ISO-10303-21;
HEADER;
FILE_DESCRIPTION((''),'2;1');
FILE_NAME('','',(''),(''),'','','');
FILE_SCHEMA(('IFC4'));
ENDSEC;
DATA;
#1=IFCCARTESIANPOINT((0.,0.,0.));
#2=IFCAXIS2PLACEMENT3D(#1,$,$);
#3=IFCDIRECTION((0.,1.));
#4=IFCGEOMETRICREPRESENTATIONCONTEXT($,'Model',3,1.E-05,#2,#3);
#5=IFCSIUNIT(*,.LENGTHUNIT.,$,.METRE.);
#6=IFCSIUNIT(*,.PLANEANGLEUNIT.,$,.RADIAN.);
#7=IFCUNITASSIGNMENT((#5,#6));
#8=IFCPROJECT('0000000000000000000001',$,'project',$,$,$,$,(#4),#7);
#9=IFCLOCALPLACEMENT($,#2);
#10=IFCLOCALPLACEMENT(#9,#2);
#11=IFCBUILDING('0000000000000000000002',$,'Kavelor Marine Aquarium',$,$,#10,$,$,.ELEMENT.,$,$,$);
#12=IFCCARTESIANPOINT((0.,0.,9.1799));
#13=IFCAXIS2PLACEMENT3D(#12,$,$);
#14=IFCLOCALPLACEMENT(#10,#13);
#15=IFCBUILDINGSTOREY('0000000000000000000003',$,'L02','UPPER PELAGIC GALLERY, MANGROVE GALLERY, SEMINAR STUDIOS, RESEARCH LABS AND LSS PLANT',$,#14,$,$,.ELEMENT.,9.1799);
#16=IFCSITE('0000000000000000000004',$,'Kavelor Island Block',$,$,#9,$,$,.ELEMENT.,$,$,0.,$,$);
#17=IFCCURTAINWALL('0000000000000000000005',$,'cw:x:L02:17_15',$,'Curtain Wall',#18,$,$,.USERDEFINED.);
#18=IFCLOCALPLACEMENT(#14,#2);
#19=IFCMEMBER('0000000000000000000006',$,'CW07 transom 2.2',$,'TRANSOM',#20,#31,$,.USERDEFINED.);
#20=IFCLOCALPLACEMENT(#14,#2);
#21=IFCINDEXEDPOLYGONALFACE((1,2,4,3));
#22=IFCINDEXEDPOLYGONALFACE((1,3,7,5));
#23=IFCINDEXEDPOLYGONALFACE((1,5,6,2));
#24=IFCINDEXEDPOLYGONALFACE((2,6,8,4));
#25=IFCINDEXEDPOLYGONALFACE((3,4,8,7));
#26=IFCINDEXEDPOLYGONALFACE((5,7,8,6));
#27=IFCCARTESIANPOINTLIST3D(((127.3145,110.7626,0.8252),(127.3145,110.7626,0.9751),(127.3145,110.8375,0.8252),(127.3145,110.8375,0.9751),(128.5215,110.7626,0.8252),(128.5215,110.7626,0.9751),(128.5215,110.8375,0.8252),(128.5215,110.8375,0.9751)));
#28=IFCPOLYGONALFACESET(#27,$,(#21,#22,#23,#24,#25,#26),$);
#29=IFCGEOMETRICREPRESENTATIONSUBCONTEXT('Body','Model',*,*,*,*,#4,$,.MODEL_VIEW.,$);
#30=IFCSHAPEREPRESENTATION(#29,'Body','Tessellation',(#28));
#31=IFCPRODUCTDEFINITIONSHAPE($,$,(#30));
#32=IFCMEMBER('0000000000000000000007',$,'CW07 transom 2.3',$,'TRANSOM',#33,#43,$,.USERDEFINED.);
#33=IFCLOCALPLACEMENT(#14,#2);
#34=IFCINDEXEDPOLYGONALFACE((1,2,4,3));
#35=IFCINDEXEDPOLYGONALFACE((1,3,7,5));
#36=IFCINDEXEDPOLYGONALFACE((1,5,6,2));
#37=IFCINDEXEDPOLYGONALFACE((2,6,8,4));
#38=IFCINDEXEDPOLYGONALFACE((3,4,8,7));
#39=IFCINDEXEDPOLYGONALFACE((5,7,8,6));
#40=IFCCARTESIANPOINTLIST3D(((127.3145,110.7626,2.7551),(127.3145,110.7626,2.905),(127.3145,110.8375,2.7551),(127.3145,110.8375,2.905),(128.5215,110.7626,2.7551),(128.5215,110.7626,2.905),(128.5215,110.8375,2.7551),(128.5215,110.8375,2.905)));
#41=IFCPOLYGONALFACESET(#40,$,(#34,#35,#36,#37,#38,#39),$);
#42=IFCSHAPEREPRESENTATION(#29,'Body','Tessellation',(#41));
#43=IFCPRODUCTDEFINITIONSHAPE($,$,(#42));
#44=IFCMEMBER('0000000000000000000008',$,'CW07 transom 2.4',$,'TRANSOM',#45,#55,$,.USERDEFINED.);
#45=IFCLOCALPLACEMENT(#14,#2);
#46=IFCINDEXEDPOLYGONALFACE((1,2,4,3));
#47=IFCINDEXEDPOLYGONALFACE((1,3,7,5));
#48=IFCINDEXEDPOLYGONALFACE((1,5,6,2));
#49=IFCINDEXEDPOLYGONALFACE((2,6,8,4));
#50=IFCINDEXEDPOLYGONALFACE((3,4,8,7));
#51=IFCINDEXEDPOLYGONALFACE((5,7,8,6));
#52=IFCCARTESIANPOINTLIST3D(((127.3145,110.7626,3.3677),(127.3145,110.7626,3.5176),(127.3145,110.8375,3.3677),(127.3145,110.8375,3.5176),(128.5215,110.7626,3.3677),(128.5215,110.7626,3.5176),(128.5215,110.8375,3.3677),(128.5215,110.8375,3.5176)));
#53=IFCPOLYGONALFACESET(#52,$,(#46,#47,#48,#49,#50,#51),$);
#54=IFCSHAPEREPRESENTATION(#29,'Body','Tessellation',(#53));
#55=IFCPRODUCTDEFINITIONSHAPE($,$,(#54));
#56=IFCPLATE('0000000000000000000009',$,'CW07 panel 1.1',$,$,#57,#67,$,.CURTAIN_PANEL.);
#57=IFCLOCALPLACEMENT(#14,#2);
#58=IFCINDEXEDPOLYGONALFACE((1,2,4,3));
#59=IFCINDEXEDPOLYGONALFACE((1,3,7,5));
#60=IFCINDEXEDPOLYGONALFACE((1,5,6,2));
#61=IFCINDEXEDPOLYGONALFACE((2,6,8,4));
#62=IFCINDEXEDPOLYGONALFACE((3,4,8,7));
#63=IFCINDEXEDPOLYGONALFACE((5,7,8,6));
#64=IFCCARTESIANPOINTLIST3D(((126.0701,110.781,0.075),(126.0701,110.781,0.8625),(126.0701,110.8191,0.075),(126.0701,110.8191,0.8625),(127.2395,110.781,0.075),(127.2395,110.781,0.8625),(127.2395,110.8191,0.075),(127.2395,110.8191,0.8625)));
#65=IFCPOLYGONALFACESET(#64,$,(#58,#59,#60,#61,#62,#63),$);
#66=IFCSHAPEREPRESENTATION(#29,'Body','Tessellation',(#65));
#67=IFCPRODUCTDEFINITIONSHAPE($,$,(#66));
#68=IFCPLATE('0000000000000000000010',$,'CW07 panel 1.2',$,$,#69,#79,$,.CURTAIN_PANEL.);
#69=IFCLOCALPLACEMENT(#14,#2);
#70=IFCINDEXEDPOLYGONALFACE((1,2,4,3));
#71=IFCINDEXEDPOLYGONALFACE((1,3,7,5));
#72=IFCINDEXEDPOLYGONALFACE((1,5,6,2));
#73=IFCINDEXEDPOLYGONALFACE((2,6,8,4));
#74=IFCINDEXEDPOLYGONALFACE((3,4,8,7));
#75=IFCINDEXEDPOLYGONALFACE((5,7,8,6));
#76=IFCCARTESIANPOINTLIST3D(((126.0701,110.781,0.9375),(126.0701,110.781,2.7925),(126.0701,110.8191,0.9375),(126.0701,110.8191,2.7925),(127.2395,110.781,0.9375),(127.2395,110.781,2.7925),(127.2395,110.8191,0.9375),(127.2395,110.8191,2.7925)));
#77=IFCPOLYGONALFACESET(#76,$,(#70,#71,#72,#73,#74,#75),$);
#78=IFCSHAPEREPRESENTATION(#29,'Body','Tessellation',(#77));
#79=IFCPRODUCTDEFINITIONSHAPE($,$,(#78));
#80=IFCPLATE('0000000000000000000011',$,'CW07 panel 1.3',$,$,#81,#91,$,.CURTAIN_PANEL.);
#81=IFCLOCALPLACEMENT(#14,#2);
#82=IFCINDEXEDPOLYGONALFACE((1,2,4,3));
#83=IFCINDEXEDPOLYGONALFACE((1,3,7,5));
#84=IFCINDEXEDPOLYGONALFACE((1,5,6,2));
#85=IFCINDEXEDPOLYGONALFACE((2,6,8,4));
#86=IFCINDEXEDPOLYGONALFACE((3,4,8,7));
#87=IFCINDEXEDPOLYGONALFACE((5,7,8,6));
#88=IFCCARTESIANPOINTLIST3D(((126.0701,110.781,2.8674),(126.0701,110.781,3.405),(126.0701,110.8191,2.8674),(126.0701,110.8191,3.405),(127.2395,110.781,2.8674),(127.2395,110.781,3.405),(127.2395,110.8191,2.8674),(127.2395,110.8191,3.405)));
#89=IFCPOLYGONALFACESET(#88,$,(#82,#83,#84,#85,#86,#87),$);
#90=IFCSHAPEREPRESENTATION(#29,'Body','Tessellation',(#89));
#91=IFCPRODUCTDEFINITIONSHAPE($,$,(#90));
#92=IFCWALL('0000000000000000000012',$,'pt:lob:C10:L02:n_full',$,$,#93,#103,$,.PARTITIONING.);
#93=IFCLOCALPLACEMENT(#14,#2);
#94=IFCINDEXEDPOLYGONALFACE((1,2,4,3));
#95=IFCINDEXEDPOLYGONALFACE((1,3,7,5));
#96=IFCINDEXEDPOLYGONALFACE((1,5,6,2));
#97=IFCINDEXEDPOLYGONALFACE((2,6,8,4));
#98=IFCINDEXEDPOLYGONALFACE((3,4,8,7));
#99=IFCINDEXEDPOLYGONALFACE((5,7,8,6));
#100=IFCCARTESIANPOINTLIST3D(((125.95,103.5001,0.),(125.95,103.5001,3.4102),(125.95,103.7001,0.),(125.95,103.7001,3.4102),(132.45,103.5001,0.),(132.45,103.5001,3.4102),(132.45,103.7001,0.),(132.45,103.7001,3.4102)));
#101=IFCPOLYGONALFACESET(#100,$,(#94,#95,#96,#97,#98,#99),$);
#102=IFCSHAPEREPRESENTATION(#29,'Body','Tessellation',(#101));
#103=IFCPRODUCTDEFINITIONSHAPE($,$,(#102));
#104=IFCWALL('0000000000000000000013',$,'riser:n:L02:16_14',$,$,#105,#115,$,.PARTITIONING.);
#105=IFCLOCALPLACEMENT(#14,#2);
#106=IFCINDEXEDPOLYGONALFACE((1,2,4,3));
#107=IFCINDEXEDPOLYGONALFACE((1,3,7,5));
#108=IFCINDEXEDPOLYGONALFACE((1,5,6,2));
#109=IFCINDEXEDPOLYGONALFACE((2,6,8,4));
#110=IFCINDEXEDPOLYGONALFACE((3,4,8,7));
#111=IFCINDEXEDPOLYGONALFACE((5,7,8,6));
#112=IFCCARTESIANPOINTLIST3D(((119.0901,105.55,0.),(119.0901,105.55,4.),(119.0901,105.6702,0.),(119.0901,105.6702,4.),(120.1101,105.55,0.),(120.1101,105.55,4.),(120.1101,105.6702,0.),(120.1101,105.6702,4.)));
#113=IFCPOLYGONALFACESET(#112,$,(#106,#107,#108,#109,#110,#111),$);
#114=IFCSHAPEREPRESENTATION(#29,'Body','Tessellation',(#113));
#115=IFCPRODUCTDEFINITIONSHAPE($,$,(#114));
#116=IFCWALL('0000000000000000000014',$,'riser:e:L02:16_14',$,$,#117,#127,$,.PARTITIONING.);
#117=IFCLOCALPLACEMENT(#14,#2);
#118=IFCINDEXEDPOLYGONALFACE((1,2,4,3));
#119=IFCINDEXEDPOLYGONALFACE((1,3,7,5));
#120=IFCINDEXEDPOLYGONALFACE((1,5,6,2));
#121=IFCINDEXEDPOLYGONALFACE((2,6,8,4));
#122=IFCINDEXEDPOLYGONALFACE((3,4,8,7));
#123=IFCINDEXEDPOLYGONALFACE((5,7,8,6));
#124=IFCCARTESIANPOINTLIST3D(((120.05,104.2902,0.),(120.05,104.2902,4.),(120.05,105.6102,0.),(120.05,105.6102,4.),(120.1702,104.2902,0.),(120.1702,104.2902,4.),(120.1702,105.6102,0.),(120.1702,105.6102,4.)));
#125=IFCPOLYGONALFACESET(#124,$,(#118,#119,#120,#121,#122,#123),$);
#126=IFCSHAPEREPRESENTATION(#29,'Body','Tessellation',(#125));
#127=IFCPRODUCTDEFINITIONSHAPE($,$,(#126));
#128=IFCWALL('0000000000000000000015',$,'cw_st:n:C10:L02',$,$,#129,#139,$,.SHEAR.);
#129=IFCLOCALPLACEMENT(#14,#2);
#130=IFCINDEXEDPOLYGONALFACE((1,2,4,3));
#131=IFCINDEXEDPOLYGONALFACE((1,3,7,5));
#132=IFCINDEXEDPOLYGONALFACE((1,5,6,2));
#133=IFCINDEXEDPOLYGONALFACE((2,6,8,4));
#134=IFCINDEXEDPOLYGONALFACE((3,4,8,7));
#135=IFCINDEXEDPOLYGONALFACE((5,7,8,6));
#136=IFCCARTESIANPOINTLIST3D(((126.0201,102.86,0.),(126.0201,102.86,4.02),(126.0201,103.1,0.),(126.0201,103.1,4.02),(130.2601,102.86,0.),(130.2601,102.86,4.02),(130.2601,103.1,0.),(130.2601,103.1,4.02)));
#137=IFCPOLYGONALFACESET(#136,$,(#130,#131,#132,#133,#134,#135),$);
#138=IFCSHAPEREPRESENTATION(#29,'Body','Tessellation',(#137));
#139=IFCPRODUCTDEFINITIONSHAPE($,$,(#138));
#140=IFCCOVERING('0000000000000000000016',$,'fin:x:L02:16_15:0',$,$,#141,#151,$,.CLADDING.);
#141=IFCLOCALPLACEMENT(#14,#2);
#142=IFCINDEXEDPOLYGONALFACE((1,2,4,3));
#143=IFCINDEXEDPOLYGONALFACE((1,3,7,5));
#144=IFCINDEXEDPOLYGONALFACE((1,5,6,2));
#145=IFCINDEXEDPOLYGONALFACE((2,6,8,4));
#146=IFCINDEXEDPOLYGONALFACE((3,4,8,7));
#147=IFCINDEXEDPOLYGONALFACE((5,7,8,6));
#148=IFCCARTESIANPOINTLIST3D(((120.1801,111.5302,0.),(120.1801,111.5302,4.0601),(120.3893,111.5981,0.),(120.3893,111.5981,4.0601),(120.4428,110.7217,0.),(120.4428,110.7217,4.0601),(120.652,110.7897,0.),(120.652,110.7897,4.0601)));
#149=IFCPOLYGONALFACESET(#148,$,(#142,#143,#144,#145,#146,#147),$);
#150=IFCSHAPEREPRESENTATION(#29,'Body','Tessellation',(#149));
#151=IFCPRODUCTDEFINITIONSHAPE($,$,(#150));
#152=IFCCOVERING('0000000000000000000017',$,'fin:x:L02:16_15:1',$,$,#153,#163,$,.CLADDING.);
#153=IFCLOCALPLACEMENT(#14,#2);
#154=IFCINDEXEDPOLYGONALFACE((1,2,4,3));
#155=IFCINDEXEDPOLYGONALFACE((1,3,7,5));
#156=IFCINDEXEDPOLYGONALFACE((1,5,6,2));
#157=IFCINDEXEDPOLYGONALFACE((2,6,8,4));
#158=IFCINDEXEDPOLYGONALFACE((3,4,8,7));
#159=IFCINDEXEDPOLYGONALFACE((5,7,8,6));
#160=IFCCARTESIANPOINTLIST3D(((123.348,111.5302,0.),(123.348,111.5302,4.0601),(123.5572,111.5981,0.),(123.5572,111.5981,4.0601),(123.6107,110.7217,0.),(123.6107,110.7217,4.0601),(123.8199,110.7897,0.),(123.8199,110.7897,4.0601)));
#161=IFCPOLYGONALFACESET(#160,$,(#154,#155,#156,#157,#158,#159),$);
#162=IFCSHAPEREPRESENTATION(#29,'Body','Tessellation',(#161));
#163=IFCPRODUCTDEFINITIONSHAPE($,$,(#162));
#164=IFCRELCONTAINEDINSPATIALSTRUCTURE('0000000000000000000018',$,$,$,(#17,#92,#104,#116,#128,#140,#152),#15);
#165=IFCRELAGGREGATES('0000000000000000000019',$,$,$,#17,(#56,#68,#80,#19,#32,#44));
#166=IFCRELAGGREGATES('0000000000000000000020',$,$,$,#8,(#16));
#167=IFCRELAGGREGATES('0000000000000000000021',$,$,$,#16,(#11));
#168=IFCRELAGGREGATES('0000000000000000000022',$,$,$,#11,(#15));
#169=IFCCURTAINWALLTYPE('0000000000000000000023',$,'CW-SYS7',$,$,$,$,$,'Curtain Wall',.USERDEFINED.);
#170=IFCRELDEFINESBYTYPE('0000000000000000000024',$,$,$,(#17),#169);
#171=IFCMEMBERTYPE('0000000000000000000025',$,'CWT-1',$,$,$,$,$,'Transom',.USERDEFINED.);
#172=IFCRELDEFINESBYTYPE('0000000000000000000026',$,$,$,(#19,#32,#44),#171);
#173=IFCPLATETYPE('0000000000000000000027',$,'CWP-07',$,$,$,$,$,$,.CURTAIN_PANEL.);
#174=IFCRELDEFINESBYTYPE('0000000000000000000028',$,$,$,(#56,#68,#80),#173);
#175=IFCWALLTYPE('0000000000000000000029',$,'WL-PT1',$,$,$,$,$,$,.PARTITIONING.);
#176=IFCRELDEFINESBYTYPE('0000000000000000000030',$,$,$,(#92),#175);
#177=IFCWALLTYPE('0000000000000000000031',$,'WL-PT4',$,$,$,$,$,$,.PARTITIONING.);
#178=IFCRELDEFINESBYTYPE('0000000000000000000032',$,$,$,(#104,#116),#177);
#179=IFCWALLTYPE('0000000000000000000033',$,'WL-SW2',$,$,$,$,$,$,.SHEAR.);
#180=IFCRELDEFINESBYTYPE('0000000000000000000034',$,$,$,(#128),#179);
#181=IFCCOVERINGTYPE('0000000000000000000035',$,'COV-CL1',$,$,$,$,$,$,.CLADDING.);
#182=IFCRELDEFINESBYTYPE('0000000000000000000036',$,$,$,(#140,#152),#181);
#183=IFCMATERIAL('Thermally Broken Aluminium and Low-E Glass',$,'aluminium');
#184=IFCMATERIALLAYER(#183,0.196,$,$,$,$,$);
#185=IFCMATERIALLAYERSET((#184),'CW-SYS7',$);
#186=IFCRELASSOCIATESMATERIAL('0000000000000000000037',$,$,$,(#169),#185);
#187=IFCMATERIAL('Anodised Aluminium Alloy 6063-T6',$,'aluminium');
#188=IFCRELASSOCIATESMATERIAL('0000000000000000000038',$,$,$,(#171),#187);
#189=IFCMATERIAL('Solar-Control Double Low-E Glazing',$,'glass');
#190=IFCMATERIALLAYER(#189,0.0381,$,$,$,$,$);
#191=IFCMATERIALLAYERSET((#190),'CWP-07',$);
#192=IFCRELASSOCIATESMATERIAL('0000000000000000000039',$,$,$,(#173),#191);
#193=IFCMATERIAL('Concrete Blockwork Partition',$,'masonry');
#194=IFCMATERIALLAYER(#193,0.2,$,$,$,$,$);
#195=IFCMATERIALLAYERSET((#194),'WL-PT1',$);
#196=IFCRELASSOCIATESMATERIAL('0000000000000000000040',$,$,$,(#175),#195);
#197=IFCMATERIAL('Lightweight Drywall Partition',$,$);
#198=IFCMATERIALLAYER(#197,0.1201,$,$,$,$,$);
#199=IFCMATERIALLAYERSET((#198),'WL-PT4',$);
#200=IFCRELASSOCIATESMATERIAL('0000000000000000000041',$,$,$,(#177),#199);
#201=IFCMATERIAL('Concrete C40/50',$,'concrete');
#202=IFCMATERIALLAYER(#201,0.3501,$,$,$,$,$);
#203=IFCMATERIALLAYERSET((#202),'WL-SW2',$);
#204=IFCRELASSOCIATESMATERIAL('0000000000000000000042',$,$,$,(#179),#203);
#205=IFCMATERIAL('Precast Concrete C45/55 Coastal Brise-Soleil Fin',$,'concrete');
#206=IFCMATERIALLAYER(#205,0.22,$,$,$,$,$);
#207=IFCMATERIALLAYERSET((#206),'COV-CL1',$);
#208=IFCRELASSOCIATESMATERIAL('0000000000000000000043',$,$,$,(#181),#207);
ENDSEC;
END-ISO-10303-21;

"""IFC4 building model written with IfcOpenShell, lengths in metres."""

from ifc_helpers import new_model, si_unit, direction, frame, frame_2d, origin, origin_2d, place, context, subcontext, project, spatial, rectangle, extrude, material, layer, layer_set, material_profile, profile_set, type_object, element, aggregate, save


model = new_model("IFC4")

# Units and contexts
model_context = context("Model", 3, precision=1e-05, world=origin(), true_north=direction((0.0, 1.0)))
body_context = subcontext(model_context, "Body", "Model", "MODEL_VIEW")
ifc_project = project(units=[si_unit("LENGTHUNIT", "METRE"), si_unit("PLANEANGLEUNIT", "RADIAN")], contexts=[model_context])

# Site, building, storey
site_placement = place(None, origin())
site = spatial("IfcSite", under=ifc_project, at=site_placement, Name="Kavelor Island Block", CompositionType="ELEMENT", RefElevation=0.0)
building_placement = place(site_placement, origin())
building = spatial("IfcBuilding", under=site, at=building_placement, Name="Kavelor Marine Aquarium", CompositionType="ELEMENT")
storey_placement = place(building_placement, frame((0.0, 0.0, 9.1799)))
storey = spatial("IfcBuildingStorey", under=building, at=storey_placement, Name="L02", Description="UPPER PELAGIC GALLERY, MANGROVE GALLERY, SEMINAR STUDIOS, RESEARCH LABS AND LSS PLANT", CompositionType="ELEMENT", Elevation=9.1799)

# Curtain wall, members, plates
ifc_material_1 = material(Name="Thermally Broken Aluminium and Low-E Glass", Category="aluminium")
ifc_layer_1 = layer(ifc_material_1, 0.196)
ifc_layer_set_1 = layer_set([ifc_layer_1], Name="CW-SYS7")
curtain_wall_type = type_object("IfcCurtainWallType", Name="CW-SYS7", ElementType="Curtain Wall", PredefinedType="USERDEFINED", material=ifc_layer_set_1)
curtain_wall_placement = place(storey_placement, origin())
curtain_wall = element("IfcCurtainWall", 1, at=curtain_wall_placement, inside=storey, type_object=curtain_wall_type, Name="cw:x:L02:17_15", ObjectType="Curtain Wall", PredefinedType="USERDEFINED")
ifc_material_2 = material(Name="Anodised Aluminium Alloy 6063-T6", Category="aluminium")
ifc_material_profile_1 = material_profile(ifc_material_2, rectangle(XDim=0.075, YDim=0.1499, at=origin_2d()), Name="CW-TRN 75x150")
ifc_profile_set_1 = profile_set([ifc_material_profile_1], Name="Anodised Aluminium Alloy 6063-T6")
member_type_1 = type_object("IfcMemberType", Name="CWT-1", ElementType="Transom", PredefinedType="USERDEFINED", material=ifc_profile_set_1)
member_1_placement = place(storey_placement, frame((127.3145, 110.8, 0.9001), z_axis=(1.0, 0.0, 0.0), x_axis=(0.0, 1.0, 0.0)))
member_1 = element("IfcMember", 2, at=member_1_placement, type_object=member_type_1, Name="CW07 transom 2.2", ObjectType="TRANSOM", PredefinedType="USERDEFINED", context=body_context, shape_type="SweptSolid", body=[
    extrude(rectangle(XDim=0.075, YDim=0.1499, at=origin_2d()), origin(), (0.0, 0.0, 1.0), 1.207),
])
member_2_placement = place(storey_placement, frame((127.3145, 110.8, 2.8301), z_axis=(1.0, 0.0, 0.0), x_axis=(0.0, 1.0, 0.0)))
member_2 = element("IfcMember", 3, at=member_2_placement, type_object=member_type_1, Name="CW07 transom 2.3", ObjectType="TRANSOM", PredefinedType="USERDEFINED", context=body_context, shape_type="SweptSolid", body=[
    extrude(rectangle(XDim=0.075, YDim=0.1499, at=origin_2d()), origin(), (0.0, 0.0, 1.0), 1.207),
])
member_3_placement = place(storey_placement, frame((127.3145, 110.8, 3.4426), z_axis=(1.0, 0.0, 0.0), x_axis=(0.0, 1.0, 0.0)))
member_3 = element("IfcMember", 4, at=member_3_placement, type_object=member_type_1, Name="CW07 transom 2.4", ObjectType="TRANSOM", PredefinedType="USERDEFINED", context=body_context, shape_type="SweptSolid", body=[
    extrude(rectangle(XDim=0.075, YDim=0.1499, at=origin_2d()), origin(), (0.0, 0.0, 1.0), 1.207),
])
ifc_material_3 = material(Name="Solar-Control Double Low-E Glazing", Category="glass")
ifc_layer_2 = layer(ifc_material_3, 0.0381)
ifc_layer_set_2 = layer_set([ifc_layer_2], Name="CWP-07")
plate_type = type_object("IfcPlateType", Name="CWP-07", PredefinedType="CURTAIN_PANEL", material=ifc_layer_set_2)
plate_1_placement = place(storey_placement, frame((126.6548, 110.8, 0.075), z_axis=(0.0, 0.0, 1.0), x_axis=(1.0, 0.0, 0.0)))
plate_1 = element("IfcPlate", 5, at=plate_1_placement, type_object=plate_type, Name="CW07 panel 1.1", PredefinedType="CURTAIN_PANEL", context=body_context, shape_type="SweptSolid", body=[
    extrude(rectangle(XDim=1.1694, YDim=0.0381, at=origin_2d()), origin(), (0.0, 0.0, 1.0), 0.7876),
])
plate_2_placement = place(storey_placement, frame((126.6548, 110.8, 0.9375), z_axis=(0.0, 0.0, 1.0), x_axis=(1.0, 0.0, 0.0)))
plate_2 = element("IfcPlate", 6, at=plate_2_placement, type_object=plate_type, Name="CW07 panel 1.2", PredefinedType="CURTAIN_PANEL", context=body_context, shape_type="SweptSolid", body=[
    extrude(rectangle(XDim=1.1694, YDim=0.0381, at=origin_2d()), origin(), (0.0, 0.0, 1.0), 1.855),
])
plate_3_placement = place(storey_placement, frame((126.6548, 110.8, 2.8674), z_axis=(0.0, 0.0, 1.0), x_axis=(1.0, 0.0, 0.0)))
plate_3 = element("IfcPlate", 7, at=plate_3_placement, type_object=plate_type, Name="CW07 panel 1.3", PredefinedType="CURTAIN_PANEL", context=body_context, shape_type="SweptSolid", body=[
    extrude(rectangle(XDim=1.1694, YDim=0.0381, at=origin_2d()), origin(), (0.0, 0.0, 1.0), 0.5376),
])
aggregate(curtain_wall, [plate_1, plate_2, plate_3, member_1, member_2, member_3])

# Walls
ifc_material_4 = material(Name="Concrete Blockwork Partition", Category="masonry")
ifc_layer_3 = layer(ifc_material_4, 0.2)
ifc_layer_set_3 = layer_set([ifc_layer_3], Name="WL-PT1")
wall_type_1 = type_object("IfcWallType", Name="WL-PT1", PredefinedType="PARTITIONING", material=ifc_layer_set_3)
wall_1_placement = place(storey_placement, frame((125.95, 103.6001, 0.0), z_axis=(0.0, 0.0, 1.0), x_axis=(1.0, 0.0, 0.0)))
element("IfcWall", 8, at=wall_1_placement, inside=storey, type_object=wall_type_1, Name="pt:lob:C10:L02:n_full", PredefinedType="PARTITIONING", context=body_context, shape_type="SweptSolid", body=[
    extrude(rectangle(XDim=6.5, YDim=0.2, at=frame_2d((3.25, 0.0))), origin(), (0.0, 0.0, 1.0), 3.4102),
])
ifc_material_5 = material(Name="Lightweight Drywall Partition")
ifc_layer_4 = layer(ifc_material_5, 0.1201)
ifc_layer_set_4 = layer_set([ifc_layer_4], Name="WL-PT4")
wall_type_2 = type_object("IfcWallType", Name="WL-PT4", PredefinedType="PARTITIONING", material=ifc_layer_set_4)
wall_2_placement = place(storey_placement, frame((119.0901, 105.6101, 0.0), z_axis=(0.0, 0.0, 1.0), x_axis=(1.0, 0.0, 0.0)))
element("IfcWall", 9, at=wall_2_placement, inside=storey, type_object=wall_type_2, Name="riser:n:L02:16_14", PredefinedType="PARTITIONING", context=body_context, shape_type="SweptSolid", body=[
    extrude(rectangle(XDim=1.02, YDim=0.1201, at=frame_2d((0.51, 0.0))), origin(), (0.0, 0.0, 1.0), 4.0),
])
wall_3_placement = place(storey_placement, frame((120.1101, 104.29, 0.0), z_axis=(0.0, 0.0, 1.0), x_axis=(0.0, 1.0, 0.0)))
element("IfcWall", 10, at=wall_3_placement, inside=storey, type_object=wall_type_2, Name="riser:e:L02:16_14", PredefinedType="PARTITIONING", context=body_context, shape_type="SweptSolid", body=[
    extrude(rectangle(XDim=1.3201, YDim=0.1201, at=frame_2d((0.6602, 0.0))), origin(), (0.0, 0.0, 1.0), 4.0),
])
ifc_material_6 = material(Name="Concrete C40/50", Category="concrete")
ifc_layer_5 = layer(ifc_material_6, 0.3501)
ifc_layer_set_5 = layer_set([ifc_layer_5], Name="WL-SW2")
wall_type_3 = type_object("IfcWallType", Name="WL-SW2", PredefinedType="SHEAR", material=ifc_layer_set_5)
wall_4_placement = place(storey_placement, frame((126.02, 102.98, 0.0), z_axis=(0.0, 0.0, 1.0), x_axis=(1.0, 0.0, 0.0)))
element("IfcWall", 11, at=wall_4_placement, inside=storey, type_object=wall_type_3, Name="cw_st:n:C10:L02", PredefinedType="SHEAR", context=body_context, shape_type="SweptSolid", body=[
    extrude(rectangle(XDim=4.24, YDim=0.24, at=frame_2d((2.1201, 0.0))), origin(), (0.0, 0.0, 1.0), 4.02),
])

# Coverings
ifc_material_7 = material(Name="Precast Concrete C45/55 Coastal Brise-Soleil Fin", Category="concrete")
ifc_layer_6 = layer(ifc_material_7, 0.22)
ifc_layer_set_6 = layer_set([ifc_layer_6], Name="COV-CL1")
covering_type = type_object("IfcCoveringType", Name="COV-CL1", PredefinedType="CLADDING", material=ifc_layer_set_6)
for number, where, z_axis, x_axis, name in (
    (12, (120.416, 111.1599, 0.0), (0.0, 0.0, 1.0), (0.951057, 0.309017, 0.0), "fin:x:L02:16_15:0"),
    (13, (123.584, 111.1599, 0.0), (0.0, 0.0, 1.0), (0.951057, 0.309017, 0.0), "fin:x:L02:16_15:1"),
):
    element("IfcCovering", number, at=place(storey_placement, frame(where, z_axis=z_axis, x_axis=x_axis)), inside=storey, type_object=covering_type, Name=name, PredefinedType="CLADDING", context=body_context, shape_type="SweptSolid", body=[
        extrude(rectangle(XDim=0.22, YDim=0.8501, at=origin_2d()), origin(), (0.0, 0.0, 1.0), 4.0601),
    ])

save(model, "model.ifc")
